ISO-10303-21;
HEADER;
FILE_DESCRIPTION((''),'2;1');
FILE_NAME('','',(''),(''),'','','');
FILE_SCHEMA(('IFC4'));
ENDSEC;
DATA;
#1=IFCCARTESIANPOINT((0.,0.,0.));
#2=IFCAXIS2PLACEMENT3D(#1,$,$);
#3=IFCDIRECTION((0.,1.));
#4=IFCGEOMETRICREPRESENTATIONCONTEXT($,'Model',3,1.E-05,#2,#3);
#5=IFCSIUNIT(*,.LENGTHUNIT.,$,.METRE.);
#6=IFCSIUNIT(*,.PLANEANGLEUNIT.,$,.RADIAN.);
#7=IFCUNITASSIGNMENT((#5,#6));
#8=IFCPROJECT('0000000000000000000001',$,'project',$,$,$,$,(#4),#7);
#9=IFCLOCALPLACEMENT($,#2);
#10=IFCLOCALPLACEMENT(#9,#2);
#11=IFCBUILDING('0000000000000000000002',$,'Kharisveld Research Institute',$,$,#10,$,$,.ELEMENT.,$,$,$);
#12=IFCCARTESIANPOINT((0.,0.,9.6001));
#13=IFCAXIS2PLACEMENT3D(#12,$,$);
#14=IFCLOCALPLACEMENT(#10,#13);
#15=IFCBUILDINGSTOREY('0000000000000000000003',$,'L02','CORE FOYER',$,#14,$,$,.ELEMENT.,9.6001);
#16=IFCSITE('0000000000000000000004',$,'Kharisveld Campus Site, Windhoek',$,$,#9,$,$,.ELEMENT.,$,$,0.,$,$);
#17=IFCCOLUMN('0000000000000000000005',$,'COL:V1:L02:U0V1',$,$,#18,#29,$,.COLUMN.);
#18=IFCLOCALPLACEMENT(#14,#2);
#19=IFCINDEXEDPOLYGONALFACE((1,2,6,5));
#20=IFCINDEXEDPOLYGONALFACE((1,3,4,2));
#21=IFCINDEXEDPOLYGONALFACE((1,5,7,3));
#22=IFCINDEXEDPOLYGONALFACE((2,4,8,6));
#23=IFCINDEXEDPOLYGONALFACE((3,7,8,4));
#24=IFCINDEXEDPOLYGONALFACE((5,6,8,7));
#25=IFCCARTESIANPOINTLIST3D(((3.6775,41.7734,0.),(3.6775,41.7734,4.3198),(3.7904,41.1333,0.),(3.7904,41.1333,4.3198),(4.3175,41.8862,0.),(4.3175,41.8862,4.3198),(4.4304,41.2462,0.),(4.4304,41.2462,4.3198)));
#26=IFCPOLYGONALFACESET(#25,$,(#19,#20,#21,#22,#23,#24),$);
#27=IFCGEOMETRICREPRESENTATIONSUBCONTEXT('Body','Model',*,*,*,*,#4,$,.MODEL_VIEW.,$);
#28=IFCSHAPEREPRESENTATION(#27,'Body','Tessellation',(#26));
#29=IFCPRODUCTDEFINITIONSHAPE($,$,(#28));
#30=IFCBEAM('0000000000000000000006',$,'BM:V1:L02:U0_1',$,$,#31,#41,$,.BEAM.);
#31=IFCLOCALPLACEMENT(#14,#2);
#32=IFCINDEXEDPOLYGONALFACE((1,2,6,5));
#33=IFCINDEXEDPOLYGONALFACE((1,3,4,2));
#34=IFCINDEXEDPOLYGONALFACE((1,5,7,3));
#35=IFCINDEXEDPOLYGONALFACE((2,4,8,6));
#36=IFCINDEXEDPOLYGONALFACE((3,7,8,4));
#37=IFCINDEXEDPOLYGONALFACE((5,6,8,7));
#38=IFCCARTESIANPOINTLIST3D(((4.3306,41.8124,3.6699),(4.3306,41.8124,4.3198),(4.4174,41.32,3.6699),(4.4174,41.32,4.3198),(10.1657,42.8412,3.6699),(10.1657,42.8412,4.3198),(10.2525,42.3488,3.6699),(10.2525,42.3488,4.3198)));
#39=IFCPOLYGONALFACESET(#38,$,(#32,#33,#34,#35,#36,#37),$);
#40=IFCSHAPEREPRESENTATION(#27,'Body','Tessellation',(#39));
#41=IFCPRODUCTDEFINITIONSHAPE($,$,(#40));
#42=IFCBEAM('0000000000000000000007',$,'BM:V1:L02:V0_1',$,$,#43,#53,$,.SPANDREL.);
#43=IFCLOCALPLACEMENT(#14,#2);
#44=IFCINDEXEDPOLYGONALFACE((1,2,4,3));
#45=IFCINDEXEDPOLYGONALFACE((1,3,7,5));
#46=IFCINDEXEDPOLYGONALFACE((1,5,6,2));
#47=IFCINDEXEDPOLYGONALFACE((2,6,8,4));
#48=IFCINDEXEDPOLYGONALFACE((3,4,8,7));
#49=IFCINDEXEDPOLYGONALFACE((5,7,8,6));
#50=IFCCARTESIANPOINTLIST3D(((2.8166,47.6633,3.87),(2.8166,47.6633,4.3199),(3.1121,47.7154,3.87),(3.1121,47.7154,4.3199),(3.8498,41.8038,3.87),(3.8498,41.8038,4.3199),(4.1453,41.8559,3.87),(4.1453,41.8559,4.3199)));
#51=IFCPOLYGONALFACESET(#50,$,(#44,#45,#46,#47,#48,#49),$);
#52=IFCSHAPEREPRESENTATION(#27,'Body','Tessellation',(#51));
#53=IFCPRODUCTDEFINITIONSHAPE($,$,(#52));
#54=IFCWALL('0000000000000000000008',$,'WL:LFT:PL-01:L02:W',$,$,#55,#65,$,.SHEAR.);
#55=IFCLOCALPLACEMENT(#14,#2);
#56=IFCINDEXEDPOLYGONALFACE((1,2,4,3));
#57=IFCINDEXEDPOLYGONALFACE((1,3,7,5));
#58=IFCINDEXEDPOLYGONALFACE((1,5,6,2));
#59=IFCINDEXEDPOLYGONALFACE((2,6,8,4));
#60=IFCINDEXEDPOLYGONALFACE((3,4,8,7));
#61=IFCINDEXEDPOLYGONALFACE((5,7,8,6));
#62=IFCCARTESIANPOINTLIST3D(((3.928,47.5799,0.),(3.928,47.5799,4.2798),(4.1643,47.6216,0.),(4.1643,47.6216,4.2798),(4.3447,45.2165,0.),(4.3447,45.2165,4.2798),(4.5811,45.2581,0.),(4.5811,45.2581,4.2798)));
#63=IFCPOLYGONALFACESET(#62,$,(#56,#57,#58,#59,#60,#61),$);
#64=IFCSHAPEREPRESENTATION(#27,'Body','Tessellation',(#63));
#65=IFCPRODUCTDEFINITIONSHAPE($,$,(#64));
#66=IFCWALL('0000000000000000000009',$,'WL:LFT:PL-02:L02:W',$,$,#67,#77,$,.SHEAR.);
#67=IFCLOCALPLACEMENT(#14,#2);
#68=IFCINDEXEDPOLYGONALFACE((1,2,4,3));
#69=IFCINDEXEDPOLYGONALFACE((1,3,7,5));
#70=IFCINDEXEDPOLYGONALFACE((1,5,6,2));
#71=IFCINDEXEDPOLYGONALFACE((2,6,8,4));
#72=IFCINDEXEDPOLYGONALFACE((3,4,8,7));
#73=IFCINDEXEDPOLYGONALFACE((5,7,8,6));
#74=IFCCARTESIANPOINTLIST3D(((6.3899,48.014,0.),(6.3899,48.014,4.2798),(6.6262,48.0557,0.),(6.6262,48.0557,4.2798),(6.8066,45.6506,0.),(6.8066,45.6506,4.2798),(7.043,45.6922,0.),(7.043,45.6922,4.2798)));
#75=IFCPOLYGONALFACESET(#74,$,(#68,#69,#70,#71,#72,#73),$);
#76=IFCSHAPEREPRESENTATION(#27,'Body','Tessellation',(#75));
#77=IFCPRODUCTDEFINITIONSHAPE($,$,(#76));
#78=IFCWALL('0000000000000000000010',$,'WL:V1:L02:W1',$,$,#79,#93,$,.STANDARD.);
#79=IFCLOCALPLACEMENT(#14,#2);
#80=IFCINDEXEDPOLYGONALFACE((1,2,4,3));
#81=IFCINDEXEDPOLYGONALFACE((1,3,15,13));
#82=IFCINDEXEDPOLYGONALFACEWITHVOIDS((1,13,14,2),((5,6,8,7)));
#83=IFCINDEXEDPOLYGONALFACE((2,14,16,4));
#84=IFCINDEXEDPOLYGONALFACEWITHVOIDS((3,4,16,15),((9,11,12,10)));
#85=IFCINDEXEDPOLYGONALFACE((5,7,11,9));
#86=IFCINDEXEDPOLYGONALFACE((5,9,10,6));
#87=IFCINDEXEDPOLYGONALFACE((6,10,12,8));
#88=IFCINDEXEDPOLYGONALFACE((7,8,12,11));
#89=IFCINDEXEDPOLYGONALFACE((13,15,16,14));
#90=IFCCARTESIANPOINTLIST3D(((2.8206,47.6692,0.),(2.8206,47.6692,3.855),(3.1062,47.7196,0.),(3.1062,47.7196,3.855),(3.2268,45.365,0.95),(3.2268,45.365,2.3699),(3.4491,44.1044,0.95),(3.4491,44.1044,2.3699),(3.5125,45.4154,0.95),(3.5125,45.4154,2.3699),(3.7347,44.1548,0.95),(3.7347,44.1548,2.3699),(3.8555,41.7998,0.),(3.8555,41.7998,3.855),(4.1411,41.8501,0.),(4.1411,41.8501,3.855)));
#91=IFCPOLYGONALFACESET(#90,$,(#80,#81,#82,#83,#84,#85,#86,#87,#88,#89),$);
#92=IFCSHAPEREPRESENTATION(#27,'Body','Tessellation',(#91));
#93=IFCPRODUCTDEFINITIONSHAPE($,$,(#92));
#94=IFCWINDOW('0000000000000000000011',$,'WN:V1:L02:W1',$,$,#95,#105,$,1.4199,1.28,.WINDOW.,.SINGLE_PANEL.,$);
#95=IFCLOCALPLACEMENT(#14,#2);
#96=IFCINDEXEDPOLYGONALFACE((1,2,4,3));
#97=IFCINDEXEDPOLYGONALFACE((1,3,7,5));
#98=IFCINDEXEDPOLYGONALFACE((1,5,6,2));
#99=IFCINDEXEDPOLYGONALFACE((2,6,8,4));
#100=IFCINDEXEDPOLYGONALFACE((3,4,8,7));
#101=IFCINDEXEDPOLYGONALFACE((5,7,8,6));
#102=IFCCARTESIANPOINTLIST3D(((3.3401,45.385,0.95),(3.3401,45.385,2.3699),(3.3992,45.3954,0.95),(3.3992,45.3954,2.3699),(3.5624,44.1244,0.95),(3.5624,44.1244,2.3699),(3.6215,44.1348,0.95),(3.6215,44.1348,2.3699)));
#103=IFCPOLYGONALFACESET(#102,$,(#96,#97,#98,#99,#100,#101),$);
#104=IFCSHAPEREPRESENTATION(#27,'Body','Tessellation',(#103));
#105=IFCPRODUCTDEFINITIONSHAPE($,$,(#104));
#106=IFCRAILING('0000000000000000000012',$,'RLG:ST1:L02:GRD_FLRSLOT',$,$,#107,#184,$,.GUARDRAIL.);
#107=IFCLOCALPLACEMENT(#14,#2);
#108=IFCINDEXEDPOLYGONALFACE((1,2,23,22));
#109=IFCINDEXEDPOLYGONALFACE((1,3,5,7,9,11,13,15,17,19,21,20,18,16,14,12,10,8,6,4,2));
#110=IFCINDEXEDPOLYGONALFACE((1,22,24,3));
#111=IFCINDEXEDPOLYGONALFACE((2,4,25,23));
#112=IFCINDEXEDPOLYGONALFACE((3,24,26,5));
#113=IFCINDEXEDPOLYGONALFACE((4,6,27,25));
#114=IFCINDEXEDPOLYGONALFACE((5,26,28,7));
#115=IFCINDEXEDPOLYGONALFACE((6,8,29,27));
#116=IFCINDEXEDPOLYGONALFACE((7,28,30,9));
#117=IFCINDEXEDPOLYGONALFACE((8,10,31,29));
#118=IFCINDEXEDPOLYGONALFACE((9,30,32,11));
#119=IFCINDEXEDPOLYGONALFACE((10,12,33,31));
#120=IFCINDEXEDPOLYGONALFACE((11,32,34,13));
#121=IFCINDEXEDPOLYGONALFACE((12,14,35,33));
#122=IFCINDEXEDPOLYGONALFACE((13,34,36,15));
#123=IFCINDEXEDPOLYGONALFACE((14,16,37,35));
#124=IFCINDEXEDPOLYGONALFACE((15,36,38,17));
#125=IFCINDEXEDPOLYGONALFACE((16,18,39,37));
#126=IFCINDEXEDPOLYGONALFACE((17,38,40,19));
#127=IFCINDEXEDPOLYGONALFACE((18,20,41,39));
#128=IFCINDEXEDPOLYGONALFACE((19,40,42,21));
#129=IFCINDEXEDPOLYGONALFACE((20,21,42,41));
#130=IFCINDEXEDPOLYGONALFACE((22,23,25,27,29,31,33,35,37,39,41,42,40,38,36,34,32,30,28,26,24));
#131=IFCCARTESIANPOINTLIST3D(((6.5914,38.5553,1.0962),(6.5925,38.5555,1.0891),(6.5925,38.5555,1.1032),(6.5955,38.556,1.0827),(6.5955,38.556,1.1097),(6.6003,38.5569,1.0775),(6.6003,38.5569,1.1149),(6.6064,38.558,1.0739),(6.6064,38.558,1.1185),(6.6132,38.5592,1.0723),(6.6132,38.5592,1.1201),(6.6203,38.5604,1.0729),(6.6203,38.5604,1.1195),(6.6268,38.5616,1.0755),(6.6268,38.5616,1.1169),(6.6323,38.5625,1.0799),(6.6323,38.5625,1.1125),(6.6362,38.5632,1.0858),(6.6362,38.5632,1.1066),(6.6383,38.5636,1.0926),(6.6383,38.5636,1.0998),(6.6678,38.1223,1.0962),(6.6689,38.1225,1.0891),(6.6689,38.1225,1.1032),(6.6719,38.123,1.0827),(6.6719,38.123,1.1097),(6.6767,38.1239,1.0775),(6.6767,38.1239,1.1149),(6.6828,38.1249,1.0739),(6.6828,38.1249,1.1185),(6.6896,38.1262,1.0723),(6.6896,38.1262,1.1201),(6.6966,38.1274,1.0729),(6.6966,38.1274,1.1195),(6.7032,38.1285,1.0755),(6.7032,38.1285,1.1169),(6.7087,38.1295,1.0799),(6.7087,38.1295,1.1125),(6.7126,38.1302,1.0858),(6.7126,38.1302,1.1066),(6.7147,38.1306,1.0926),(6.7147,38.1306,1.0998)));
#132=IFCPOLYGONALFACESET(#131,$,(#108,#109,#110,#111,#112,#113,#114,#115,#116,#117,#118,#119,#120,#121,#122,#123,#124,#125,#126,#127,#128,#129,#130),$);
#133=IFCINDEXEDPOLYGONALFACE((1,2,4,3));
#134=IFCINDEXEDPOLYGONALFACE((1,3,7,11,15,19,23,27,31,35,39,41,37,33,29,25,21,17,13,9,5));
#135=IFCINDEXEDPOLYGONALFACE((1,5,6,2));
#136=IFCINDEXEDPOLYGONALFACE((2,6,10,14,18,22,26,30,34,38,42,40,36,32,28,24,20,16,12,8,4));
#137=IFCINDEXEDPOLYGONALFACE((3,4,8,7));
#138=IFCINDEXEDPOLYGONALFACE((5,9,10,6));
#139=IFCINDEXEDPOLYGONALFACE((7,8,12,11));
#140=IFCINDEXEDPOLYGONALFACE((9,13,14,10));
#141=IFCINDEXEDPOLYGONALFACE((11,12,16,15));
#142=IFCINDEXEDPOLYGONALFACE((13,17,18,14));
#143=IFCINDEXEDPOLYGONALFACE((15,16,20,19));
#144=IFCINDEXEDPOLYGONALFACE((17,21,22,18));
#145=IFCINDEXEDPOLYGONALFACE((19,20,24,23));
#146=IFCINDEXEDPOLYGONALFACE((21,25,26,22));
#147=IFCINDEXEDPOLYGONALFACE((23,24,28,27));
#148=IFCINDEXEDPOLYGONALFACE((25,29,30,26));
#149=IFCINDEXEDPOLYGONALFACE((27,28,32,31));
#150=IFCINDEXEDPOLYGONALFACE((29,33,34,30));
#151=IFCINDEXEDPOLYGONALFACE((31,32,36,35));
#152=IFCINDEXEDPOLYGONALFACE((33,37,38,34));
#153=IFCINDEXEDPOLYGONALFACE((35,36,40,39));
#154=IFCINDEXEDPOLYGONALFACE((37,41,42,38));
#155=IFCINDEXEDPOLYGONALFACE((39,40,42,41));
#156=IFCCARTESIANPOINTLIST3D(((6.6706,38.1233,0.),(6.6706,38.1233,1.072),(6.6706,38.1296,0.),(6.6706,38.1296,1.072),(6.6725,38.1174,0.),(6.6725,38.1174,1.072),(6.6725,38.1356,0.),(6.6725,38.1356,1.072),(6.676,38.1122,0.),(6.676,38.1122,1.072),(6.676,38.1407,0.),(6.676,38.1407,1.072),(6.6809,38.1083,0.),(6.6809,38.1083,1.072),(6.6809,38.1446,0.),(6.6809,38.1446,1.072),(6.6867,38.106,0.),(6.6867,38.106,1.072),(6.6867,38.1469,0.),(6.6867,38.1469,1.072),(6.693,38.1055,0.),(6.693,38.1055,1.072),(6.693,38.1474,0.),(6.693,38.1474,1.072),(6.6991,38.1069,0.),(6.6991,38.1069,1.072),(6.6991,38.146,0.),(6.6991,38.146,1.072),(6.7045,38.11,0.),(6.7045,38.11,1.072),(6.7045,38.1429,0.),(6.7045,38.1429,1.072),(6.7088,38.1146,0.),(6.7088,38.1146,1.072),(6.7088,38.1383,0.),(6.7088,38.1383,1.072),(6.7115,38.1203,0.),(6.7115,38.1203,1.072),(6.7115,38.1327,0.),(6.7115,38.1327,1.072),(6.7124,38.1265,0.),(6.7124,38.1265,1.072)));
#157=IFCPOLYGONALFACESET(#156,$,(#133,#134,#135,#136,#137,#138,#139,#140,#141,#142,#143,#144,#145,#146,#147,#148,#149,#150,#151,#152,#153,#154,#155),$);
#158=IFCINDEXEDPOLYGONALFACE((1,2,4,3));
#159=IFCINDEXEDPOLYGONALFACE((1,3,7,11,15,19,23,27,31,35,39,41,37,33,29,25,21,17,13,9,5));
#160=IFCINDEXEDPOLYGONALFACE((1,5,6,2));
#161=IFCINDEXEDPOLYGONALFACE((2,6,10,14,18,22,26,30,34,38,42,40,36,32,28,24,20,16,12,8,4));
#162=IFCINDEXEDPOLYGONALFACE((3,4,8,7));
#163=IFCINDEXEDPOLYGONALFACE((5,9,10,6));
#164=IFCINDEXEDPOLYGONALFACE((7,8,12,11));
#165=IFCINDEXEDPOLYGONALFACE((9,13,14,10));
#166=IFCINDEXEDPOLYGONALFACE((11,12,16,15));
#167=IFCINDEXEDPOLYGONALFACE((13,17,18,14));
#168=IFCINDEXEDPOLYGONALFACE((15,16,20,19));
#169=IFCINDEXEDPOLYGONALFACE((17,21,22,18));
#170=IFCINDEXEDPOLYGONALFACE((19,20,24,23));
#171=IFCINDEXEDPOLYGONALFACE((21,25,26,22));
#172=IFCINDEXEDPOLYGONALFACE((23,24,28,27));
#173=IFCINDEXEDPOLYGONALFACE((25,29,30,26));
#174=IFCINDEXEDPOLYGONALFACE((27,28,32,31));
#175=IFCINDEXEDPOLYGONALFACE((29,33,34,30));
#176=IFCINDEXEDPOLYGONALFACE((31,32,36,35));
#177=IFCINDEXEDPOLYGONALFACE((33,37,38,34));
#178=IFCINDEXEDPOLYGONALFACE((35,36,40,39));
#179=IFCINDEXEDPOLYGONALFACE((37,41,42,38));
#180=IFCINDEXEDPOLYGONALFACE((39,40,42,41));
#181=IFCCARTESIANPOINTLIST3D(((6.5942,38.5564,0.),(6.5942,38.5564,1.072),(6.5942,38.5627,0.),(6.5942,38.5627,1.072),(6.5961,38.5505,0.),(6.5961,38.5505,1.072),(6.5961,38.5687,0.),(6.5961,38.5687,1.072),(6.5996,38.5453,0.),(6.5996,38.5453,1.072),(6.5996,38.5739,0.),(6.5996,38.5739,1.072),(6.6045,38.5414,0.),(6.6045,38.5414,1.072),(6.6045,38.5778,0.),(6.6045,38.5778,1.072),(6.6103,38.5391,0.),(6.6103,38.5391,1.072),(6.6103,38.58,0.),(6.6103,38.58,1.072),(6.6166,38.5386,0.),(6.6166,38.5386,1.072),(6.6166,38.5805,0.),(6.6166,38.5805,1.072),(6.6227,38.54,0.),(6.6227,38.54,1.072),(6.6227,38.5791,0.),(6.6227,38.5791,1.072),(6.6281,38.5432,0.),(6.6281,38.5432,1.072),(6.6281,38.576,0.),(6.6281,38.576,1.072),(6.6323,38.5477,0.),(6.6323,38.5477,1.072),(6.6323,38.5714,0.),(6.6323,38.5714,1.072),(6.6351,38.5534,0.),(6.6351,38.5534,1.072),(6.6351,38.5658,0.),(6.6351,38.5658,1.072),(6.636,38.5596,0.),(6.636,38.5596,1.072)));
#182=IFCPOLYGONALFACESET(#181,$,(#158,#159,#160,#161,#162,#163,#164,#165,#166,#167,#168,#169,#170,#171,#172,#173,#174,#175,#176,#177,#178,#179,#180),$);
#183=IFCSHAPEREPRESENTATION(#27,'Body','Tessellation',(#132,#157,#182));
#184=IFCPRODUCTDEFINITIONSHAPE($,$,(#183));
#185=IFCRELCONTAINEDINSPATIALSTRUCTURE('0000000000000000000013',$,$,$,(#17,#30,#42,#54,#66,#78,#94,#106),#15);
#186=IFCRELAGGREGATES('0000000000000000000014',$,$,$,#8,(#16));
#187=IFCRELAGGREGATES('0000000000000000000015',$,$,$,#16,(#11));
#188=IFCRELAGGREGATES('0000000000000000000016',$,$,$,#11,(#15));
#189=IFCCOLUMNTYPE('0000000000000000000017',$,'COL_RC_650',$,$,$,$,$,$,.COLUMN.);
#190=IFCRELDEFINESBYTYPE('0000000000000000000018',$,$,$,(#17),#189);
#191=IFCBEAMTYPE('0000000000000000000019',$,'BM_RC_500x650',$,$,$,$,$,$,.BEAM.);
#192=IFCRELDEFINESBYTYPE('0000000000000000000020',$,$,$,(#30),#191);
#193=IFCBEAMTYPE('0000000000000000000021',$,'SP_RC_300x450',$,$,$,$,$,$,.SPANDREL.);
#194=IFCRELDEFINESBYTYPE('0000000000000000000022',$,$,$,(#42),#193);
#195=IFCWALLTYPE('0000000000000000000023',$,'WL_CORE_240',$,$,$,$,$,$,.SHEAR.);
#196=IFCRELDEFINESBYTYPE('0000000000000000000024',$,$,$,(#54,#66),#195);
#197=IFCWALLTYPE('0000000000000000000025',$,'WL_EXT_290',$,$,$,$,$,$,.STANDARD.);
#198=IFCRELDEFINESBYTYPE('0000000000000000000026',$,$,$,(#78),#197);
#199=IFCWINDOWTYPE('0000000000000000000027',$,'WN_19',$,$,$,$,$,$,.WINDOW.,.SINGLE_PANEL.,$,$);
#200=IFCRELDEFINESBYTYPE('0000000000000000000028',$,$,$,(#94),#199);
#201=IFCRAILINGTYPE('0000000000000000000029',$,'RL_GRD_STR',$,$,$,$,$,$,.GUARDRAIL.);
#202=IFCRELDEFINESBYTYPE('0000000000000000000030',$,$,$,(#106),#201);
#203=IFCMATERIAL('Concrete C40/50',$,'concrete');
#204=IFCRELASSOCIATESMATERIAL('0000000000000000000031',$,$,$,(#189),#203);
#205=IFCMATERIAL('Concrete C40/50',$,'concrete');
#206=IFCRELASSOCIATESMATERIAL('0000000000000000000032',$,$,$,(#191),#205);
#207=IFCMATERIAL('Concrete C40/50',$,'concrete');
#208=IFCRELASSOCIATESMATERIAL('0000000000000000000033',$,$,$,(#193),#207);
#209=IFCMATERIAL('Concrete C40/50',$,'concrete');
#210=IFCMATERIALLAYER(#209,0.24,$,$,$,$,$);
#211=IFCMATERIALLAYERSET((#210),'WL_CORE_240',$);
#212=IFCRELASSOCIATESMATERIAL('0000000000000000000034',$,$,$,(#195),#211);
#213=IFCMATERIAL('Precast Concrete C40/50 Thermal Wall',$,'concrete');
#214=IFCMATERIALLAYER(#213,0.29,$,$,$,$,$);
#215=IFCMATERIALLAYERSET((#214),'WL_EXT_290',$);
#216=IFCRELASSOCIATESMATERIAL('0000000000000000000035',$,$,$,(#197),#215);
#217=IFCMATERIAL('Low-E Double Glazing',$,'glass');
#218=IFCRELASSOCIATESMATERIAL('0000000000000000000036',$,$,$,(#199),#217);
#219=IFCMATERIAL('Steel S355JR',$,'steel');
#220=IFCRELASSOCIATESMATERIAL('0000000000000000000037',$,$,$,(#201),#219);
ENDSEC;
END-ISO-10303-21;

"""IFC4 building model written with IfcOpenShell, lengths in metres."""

from ifc_helpers import new_model, si_unit, direction, frame, frame_2d, origin, origin_2d, place, context, subcontext, project, spatial, rectangle, circle, extrude, material, layer, layer_set, material_profile, profile_set, type_object, element, fill, save


model = new_model("IFC4")

# Units and contexts
model_context = context("Model", 3, precision=1e-05, world=origin(), true_north=direction((0.0, 1.0)))
body_context = subcontext(model_context, "Body", "Model", "MODEL_VIEW")
ifc_project = project(units=[si_unit("LENGTHUNIT", "METRE"), si_unit("PLANEANGLEUNIT", "RADIAN")], contexts=[model_context])

# Site, building, storey
site_placement = place(None, origin())
site = spatial("IfcSite", under=ifc_project, at=site_placement, Name="Kharisveld Campus Site, Windhoek", CompositionType="ELEMENT", RefElevation=0.0)
building_placement = place(site_placement, origin())
building = spatial("IfcBuilding", under=site, at=building_placement, Name="Kharisveld Research Institute", CompositionType="ELEMENT")
storey_placement = place(building_placement, frame((0.0, 0.0, 9.6001)))
storey = spatial("IfcBuildingStorey", under=building, at=storey_placement, Name="L02", Description="CORE FOYER", CompositionType="ELEMENT", Elevation=9.6001)

# Column
ifc_material_1 = material(Name="Concrete C40/50", Category="concrete")
ifc_material_profile_1 = material_profile(ifc_material_1, rectangle(XDim=0.6499, YDim=0.6499, at=origin_2d()))
ifc_profile_set_1 = profile_set([ifc_material_profile_1], Name="Concrete C40/50")
column_type = type_object("IfcColumnType", Name="COL_RC_650", PredefinedType="COLUMN", material=ifc_profile_set_1)
column_placement = place(storey_placement, frame((4.054, 41.5098, 0.0), z_axis=(0.0, 0.0, 1.0), x_axis=(0.984808, 0.173648, 0.0)))
element("IfcColumn", 1, at=column_placement, inside=storey, type_object=column_type, Name="COL:V1:L02:U0V1", PredefinedType="COLUMN", context=body_context, shape_type="SweptSolid", body=[
    extrude(rectangle(XDim=0.6499, YDim=0.6499, at=origin_2d()), origin(), (0.0, 0.0, 1.0), 4.3198),
])

# Beams
ifc_material_2 = material(Name="Concrete C40/50", Category="concrete")
ifc_material_profile_2 = material_profile(ifc_material_2, rectangle(XDim=0.5, YDim=0.6499, at=origin_2d()))
ifc_profile_set_2 = profile_set([ifc_material_profile_2], Name="Concrete C40/50")
beam_type_1 = type_object("IfcBeamType", Name="BM_RC_500x650", PredefinedType="BEAM", material=ifc_profile_set_2)
beam_1_placement = place(storey_placement, frame((4.374, 41.5662, 3.9949), z_axis=(0.984809, 0.17364, 0.0), x_axis=(-0.17364, 0.984809, 0.0)))
element("IfcBeam", 2, at=beam_1_placement, inside=storey, type_object=beam_type_1, Name="BM:V1:L02:U0_1", PredefinedType="BEAM", context=body_context, shape_type="SweptSolid", body=[
    extrude(rectangle(XDim=0.5, YDim=0.6499, at=origin_2d()), origin(), (0.0, 0.0, 1.0), 5.925),
])
ifc_material_3 = material(Name="Concrete C40/50", Category="concrete")
ifc_material_profile_3 = material_profile(ifc_material_3, rectangle(XDim=0.3, YDim=0.45, at=origin_2d()))
ifc_profile_set_3 = profile_set([ifc_material_profile_3], Name="Concrete C40/50")
beam_type_2 = type_object("IfcBeamType", Name="SP_RC_300x450", PredefinedType="SPANDREL", material=ifc_profile_set_3)
beam_2_placement = place(storey_placement, frame((3.9976, 41.8298, 4.095), z_axis=(-0.173647, 0.984808, 0.0), x_axis=(-0.984808, -0.173647, 0.0)))
element("IfcBeam", 3, at=beam_2_placement, inside=storey, type_object=beam_type_2, Name="BM:V1:L02:V0_1", PredefinedType="SPANDREL", context=body_context, shape_type="SweptSolid", body=[
    extrude(rectangle(XDim=0.3, YDim=0.45, at=origin_2d()), origin(), (0.0, 0.0, 1.0), 5.95),
])

# Wall
ifc_material_4 = material(Name="Concrete C40/50", Category="concrete")
ifc_layer_1 = layer(ifc_material_4, 0.24)
ifc_layer_set_1 = layer_set([ifc_layer_1], Name="WL_CORE_240")
wall_type_1 = type_object("IfcWallType", Name="WL_CORE_240", PredefinedType="SHEAR", material=ifc_layer_set_1)
wall_1_placement = place(storey_placement, frame((4.4629, 45.2373, 0.0), z_axis=(0.0, 0.0, 1.0), x_axis=(-0.173646, 0.984808, 0.0)))
element("IfcWall", 4, at=wall_1_placement, inside=storey, type_object=wall_type_1, Name="WL:LFT:PL-01:L02:W", PredefinedType="SHEAR", context=body_context, shape_type="SweptSolid", body=[
    extrude(rectangle(XDim=2.3999, YDim=0.24, at=frame_2d((1.2, 0.0))), origin(), (0.0, 0.0, 1.0), 4.2798),
])

# Wall
wall_2_placement = place(storey_placement, frame((6.9248, 45.6714, 0.0), z_axis=(0.0, 0.0, 1.0), x_axis=(-0.173646, 0.984808, 0.0)))
element("IfcWall", 5, at=wall_2_placement, inside=storey, type_object=wall_type_1, Name="WL:LFT:PL-02:L02:W", PredefinedType="SHEAR", context=body_context, shape_type="SweptSolid", body=[
    extrude(rectangle(XDim=2.3999, YDim=0.24, at=frame_2d((1.2, 0.0))), origin(), (0.0, 0.0, 1.0), 4.2798),
])

# Wall, opening, window
ifc_material_5 = material(Name="Precast Concrete C40/50 Thermal Wall", Category="concrete")
ifc_layer_2 = layer(ifc_material_5, 0.29)
ifc_layer_set_2 = layer_set([ifc_layer_2], Name="WL_EXT_290")
wall_type_2 = type_object("IfcWallType", Name="WL_EXT_290", PredefinedType="STANDARD", material=ifc_layer_set_2)
wall_3_placement = place(storey_placement, frame((3.9983, 41.825, 0.0), z_axis=(0.0, 0.0, 1.0), x_axis=(-0.173645, 0.984808, 0.0)))
wall_3 = element("IfcWall", 6, at=wall_3_placement, inside=storey, type_object=wall_type_2, Name="WL:V1:L02:W1", PredefinedType="STANDARD", context=body_context, shape_type="SweptSolid", body=[
    extrude(rectangle(XDim=5.96, YDim=0.29, at=frame_2d((2.98, 0.0))), origin(), (0.0, 0.0, 1.0), 3.855),
])
opening_1_placement = place(wall_3_placement, frame((2.3401, 0.0, 0.95)))
opening_1 = element("IfcOpeningElement", 7, at=opening_1_placement, cuts=wall_3, PredefinedType="OPENING", context=body_context, shape_type="SweptSolid", body=[
    extrude(rectangle(XDim=1.28, YDim=1.4199, at=frame_2d((0.6401, 0.71))), frame((0.0, 0.145, 0.0), z_axis=(0.0, -1.0, 0.0), x_axis=(1.0, 0.0, 0.0)), (0.0, 0.0, 1.0), 0.29),
])
ifc_material_6 = material(Name="Low-E Double Glazing", Category="glass")
window_type = type_object("IfcWindowType", Name="WN_19", PartitioningType="SINGLE_PANEL", PredefinedType="WINDOW", material=ifc_material_6)
window_placement = place(opening_1_placement, origin())
window = element("IfcWindow", 8, at=window_placement, inside=storey, type_object=window_type, Name="WN:V1:L02:W1", OverallHeight=1.4199, OverallWidth=1.28, PartitioningType="SINGLE_PANEL", PredefinedType="WINDOW", context=body_context, shape_type="SweptSolid", body=[
    extrude(rectangle(XDim=1.28, YDim=1.4199, at=frame_2d((0.6401, 0.71))), frame((0.0, 0.03, 0.0), z_axis=(0.0, -1.0, 0.0), x_axis=(1.0, 0.0, 0.0)), (0.0, 0.0, 1.0), 0.0601),
])
fill(opening_1, window)

# Railing
ifc_material_7 = material(Name="Steel S355JR", Category="steel")
railing_type_1 = type_object("IfcRailingType", Name="RL_GRD_STR", PredefinedType="GUARDRAIL", material=ifc_material_7)
railing_1_placement = place(storey_placement, frame((6.6914, 38.1265, 0.0)))
element("IfcRailing", 9, at=railing_1_placement, inside=storey, type_object=railing_type_1, Name="RLG:ST1:L02:GRD_FLRSLOT", PredefinedType="GUARDRAIL", context=body_context, shape_type="SweptSolid", body=[
    extrude(circle(Radius=0.0239, at=origin_2d()), frame((0.0, 0.0, 1.0962), z_axis=(-0.173754, 0.984789, 0.0), x_axis=(-0.984789, -0.173754, 0.0)), (0.0, 0.0, 1.0), 0.4397),
    extrude(circle(Radius=0.021, at=origin_2d()), origin(), (0.0, 0.0, 1.0), 1.072),
    extrude(circle(Radius=0.021, at=origin_2d()), frame((-0.0764, 0.4331, 0.0)), (0.0, 0.0, 1.0), 1.072),
])

save(model, "model.ifc")
